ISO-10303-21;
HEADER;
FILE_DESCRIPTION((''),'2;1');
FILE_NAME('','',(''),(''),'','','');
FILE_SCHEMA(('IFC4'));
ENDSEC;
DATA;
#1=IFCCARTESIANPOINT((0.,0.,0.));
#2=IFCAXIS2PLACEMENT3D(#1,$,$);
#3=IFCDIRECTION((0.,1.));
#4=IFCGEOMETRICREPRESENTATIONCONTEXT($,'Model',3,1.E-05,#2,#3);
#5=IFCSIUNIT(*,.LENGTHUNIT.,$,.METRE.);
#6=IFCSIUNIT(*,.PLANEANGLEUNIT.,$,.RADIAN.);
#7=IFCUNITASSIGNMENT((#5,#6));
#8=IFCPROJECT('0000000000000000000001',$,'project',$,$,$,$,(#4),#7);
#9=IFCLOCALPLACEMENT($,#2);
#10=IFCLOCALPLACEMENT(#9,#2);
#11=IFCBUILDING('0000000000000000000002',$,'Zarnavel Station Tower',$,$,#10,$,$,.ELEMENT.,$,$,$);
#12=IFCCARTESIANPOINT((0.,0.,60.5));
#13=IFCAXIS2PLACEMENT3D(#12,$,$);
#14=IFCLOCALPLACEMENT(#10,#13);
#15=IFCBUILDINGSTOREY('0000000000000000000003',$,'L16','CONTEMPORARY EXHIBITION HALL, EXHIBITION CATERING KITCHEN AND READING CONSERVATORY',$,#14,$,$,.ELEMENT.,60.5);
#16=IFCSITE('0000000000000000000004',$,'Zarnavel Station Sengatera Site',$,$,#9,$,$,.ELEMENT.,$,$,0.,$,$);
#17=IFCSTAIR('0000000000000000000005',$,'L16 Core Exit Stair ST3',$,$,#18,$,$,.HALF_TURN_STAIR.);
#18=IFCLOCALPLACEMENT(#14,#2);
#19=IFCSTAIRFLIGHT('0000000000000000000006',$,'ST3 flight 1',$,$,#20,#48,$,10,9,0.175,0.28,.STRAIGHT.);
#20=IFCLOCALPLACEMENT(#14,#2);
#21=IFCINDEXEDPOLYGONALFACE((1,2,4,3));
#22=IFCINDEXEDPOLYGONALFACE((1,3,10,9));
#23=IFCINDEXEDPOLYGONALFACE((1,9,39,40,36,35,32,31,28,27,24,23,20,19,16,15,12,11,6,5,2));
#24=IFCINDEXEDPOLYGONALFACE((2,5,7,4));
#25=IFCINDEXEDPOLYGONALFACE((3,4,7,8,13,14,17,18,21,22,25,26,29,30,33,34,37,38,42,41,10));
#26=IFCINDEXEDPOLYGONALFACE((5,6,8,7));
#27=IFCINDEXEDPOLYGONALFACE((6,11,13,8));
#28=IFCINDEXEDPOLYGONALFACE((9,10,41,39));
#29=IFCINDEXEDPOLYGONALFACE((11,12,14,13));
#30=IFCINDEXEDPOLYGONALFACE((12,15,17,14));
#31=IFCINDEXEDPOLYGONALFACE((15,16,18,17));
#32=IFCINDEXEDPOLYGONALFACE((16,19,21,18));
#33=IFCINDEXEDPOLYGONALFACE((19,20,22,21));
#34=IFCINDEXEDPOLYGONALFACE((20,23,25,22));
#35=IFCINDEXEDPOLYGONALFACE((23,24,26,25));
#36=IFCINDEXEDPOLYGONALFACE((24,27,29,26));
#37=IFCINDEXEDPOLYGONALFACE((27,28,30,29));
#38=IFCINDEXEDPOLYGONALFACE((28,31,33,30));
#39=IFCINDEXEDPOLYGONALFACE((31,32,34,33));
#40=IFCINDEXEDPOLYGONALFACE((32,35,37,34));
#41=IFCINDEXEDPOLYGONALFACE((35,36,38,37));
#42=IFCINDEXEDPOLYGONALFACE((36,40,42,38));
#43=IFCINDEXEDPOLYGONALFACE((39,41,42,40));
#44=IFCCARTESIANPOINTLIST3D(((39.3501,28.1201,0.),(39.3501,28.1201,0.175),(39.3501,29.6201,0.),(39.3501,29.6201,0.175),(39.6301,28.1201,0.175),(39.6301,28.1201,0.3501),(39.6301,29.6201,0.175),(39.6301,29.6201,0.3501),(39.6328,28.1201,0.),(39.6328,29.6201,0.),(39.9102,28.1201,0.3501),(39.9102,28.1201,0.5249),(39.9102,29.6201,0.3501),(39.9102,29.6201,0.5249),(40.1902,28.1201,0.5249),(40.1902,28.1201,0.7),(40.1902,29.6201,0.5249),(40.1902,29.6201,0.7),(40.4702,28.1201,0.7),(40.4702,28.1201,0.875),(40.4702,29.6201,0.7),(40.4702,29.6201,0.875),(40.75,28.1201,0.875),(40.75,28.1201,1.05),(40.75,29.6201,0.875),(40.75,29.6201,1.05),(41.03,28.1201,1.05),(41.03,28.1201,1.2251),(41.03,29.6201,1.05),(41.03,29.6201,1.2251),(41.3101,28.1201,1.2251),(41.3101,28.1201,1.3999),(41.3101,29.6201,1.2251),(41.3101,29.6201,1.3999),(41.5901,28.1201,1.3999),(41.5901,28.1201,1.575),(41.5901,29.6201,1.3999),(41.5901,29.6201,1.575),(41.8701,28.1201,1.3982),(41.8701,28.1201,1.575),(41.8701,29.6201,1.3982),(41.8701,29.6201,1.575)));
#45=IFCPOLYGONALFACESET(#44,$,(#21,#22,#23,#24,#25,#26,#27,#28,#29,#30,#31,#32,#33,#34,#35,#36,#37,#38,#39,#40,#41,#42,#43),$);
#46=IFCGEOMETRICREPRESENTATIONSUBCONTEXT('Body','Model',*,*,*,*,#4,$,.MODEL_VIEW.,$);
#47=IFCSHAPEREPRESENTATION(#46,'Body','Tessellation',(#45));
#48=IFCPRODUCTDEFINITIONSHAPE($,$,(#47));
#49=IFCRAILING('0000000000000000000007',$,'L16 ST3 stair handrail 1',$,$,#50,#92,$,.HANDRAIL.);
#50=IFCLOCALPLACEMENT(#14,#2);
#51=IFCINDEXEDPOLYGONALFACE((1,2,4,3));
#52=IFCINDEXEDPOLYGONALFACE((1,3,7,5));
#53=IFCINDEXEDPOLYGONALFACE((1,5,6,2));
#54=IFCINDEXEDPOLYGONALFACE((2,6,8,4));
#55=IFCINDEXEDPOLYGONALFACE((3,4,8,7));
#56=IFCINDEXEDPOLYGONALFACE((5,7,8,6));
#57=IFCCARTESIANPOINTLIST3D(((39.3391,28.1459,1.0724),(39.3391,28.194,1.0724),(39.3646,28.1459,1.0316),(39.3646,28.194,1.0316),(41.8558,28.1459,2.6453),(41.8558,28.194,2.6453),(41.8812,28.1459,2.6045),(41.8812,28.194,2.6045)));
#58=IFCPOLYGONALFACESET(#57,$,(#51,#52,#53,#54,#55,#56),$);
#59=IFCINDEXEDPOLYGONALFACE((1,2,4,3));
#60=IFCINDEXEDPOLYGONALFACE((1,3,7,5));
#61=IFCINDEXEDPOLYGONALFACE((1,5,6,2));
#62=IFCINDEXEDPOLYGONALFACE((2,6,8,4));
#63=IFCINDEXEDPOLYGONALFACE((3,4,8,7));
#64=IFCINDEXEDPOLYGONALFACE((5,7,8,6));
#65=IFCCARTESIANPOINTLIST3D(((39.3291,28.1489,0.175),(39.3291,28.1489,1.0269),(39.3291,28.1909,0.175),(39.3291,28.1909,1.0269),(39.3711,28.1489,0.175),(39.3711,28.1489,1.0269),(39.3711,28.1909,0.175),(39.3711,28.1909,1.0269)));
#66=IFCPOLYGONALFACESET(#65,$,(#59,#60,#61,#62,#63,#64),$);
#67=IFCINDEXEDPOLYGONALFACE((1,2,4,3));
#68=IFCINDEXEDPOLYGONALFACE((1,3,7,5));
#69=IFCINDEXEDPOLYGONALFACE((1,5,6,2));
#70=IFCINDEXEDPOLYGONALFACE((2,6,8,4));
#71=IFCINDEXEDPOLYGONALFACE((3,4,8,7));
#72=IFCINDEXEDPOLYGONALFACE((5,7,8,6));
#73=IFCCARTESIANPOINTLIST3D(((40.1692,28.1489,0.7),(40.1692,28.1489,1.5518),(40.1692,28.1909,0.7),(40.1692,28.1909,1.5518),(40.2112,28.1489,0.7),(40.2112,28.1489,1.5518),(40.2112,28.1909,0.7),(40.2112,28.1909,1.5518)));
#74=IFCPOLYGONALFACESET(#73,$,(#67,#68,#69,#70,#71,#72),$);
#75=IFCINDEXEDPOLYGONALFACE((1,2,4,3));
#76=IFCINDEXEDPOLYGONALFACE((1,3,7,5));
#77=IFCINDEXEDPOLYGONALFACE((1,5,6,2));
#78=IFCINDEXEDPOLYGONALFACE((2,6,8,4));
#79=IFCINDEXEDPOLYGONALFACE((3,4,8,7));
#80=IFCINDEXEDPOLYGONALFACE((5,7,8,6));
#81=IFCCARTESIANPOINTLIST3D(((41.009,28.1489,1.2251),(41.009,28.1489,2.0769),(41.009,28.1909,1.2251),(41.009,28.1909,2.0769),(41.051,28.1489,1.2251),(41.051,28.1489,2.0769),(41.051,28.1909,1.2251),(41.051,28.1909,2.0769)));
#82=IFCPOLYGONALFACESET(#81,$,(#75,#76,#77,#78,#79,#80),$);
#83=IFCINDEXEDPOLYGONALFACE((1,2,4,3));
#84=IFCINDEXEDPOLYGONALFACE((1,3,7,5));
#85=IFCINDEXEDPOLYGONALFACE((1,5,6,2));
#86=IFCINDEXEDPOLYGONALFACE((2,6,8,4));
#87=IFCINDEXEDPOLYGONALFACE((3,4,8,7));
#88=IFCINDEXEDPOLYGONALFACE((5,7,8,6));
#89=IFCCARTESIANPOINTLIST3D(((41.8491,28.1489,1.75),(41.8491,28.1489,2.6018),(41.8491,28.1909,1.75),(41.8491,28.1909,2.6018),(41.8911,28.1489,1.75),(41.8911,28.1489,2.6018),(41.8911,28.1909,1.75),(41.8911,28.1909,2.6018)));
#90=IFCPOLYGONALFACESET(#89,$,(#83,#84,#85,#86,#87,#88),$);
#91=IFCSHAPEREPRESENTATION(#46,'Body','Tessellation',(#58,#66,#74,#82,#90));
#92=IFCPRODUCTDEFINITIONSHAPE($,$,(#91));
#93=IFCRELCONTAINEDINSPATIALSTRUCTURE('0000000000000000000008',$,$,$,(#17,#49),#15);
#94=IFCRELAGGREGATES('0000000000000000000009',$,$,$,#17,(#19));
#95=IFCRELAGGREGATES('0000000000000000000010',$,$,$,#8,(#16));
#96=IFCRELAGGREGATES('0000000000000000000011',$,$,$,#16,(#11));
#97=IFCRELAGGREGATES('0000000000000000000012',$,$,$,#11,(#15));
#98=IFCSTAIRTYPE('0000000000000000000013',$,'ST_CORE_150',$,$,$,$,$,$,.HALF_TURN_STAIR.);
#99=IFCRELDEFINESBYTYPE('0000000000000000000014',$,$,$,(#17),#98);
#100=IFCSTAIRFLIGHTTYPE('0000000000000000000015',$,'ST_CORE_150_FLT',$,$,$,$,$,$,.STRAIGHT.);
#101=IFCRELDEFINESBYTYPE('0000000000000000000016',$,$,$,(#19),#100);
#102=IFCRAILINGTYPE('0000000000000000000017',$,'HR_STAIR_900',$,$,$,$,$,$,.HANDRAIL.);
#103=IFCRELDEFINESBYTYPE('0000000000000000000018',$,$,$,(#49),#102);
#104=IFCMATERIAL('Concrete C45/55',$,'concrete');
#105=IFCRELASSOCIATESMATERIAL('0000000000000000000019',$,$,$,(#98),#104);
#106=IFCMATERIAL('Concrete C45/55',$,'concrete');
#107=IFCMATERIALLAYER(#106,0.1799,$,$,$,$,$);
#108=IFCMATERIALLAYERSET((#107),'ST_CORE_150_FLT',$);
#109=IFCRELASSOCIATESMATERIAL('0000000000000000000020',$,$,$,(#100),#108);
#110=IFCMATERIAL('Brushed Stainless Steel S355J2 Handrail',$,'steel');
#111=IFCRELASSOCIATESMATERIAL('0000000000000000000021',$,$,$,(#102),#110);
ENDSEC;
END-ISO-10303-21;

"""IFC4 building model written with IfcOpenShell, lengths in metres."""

from ifc_helpers import new_model, si_unit, direction, frame, origin, origin_2d, place, context, subcontext, project, spatial, polyline, rectangle, outline, extrude, material, layer, layer_set, type_object, element, aggregate, save


model = new_model("IFC4")

# Units and contexts
model_context = context("Model", 3, precision=1e-05, world=origin(), true_north=direction((0.0, 1.0)))
body_context = subcontext(model_context, "Body", "Model", "MODEL_VIEW")
ifc_project = project(units=[si_unit("LENGTHUNIT", "METRE"), si_unit("PLANEANGLEUNIT", "RADIAN")], contexts=[model_context])

# Site, building, storey
site_placement = place(None, origin())
site = spatial("IfcSite", under=ifc_project, at=site_placement, Name="Zarnavel Station Sengatera Site", CompositionType="ELEMENT", RefElevation=0.0)
building_placement = place(site_placement, origin())
building = spatial("IfcBuilding", under=site, at=building_placement, Name="Zarnavel Station Tower", CompositionType="ELEMENT")
storey_placement = place(building_placement, frame((0.0, 0.0, 60.5)))
storey = spatial("IfcBuildingStorey", under=building, at=storey_placement, Name="L16", Description="CONTEMPORARY EXHIBITION HALL, EXHIBITION CATERING KITCHEN AND READING CONSERVATORY", CompositionType="ELEMENT", Elevation=60.5)

# Stair, stair flight
ifc_material_1 = material(Name="Concrete C45/55", Category="concrete")
stair_type = type_object("IfcStairType", Name="ST_CORE_150", PredefinedType="HALF_TURN_STAIR", material=ifc_material_1)
stair_placement = place(storey_placement, origin())
stair = element("IfcStair", 1, at=stair_placement, inside=storey, type_object=stair_type, Name="L16 Core Exit Stair ST3", PredefinedType="HALF_TURN_STAIR")
ifc_material_2 = material(Name="Concrete C45/55", Category="concrete")
ifc_layer_1 = layer(ifc_material_2, 0.1799)
ifc_layer_set_1 = layer_set([ifc_layer_1], Name="ST_CORE_150_FLT")
stair_flight_type = type_object("IfcStairFlightType", Name="ST_CORE_150_FLT", PredefinedType="STRAIGHT", material=ifc_layer_set_1)
stair_flight_placement = place(storey_placement, frame((39.3501, 28.8701, 0.0), z_axis=(0.0, 0.0, 1.0), x_axis=(1.0, 0.0, 0.0)))
stair_flight = element("IfcStairFlight", 2, at=stair_flight_placement, type_object=stair_flight_type, Name="ST3 flight 1", NumberOfRisers=10, NumberOfTreads=9, PredefinedType="STRAIGHT", RiserHeight=0.175, TreadLength=0.28, context=body_context, shape_type="SweptSolid", body=[
    extrude(outline(polyline([(0.0, 0.0), (0.0, 0.175), (0.28, 0.175), (0.28, 0.3501), (0.5601, 0.3501), (0.5601, 0.5249), (0.8401, 0.5249), (0.8401, 0.7), (1.1201, 0.7), (1.1201, 0.875), (1.3999, 0.875), (1.3999, 1.05), (1.6799, 1.05), (1.6799, 1.2251), (1.96, 1.2251), (1.96, 1.3999), (2.24, 1.3999), (2.24, 1.575), (2.52, 1.575), (2.52, 1.75), (2.52, 1.3982), (0.2827, 0.0), (0.0, 0.0)])), frame((0.0, 0.75, 0.0), z_axis=(0.0, -1.0, 0.0), x_axis=(1.0, 0.0, 0.0)), (0.0, 0.0, 1.0), 1.5),
])
aggregate(stair, [stair_flight])

# Railing
ifc_material_3 = material(Name="Brushed Stainless Steel S355J2 Handrail", Category="steel")
railing_type = type_object("IfcRailingType", Name="HR_STAIR_900", PredefinedType="HANDRAIL", material=ifc_material_3)
railing_placement = place(storey_placement, frame((39.3501, 28.1699, 0.175)))
element("IfcRailing", 3, at=railing_placement, inside=storey, type_object=railing_type, Name="L16 ST3 stair handrail 1", PredefinedType="HANDRAIL", context=body_context, shape_type="SweptSolid", body=[
    extrude(rectangle(XDim=0.0481, YDim=0.0481, at=origin_2d()), frame((0.0017, 0.0, 0.877), z_axis=(0.848008, 0.0, 0.529984), x_axis=(0.0, 1.0, 0.0)), (0.0, 0.0, 1.0), 2.9678),
    extrude(rectangle(XDim=0.042, YDim=0.042, at=origin_2d()), origin(), (0.0, 0.0, 1.0), 0.8518),
    extrude(rectangle(XDim=0.042, YDim=0.042, at=origin_2d()), frame((0.8401, 0.0, 0.5249)), (0.0, 0.0, 1.0), 0.8518),
    extrude(rectangle(XDim=0.042, YDim=0.042, at=origin_2d()), frame((1.6799, 0.0, 1.05)), (0.0, 0.0, 1.0), 0.8518),
    extrude(rectangle(XDim=0.042, YDim=0.042, at=origin_2d()), frame((2.52, 0.0, 1.575)), (0.0, 0.0, 1.0), 0.8518),
])

save(model, "model.ifc")
